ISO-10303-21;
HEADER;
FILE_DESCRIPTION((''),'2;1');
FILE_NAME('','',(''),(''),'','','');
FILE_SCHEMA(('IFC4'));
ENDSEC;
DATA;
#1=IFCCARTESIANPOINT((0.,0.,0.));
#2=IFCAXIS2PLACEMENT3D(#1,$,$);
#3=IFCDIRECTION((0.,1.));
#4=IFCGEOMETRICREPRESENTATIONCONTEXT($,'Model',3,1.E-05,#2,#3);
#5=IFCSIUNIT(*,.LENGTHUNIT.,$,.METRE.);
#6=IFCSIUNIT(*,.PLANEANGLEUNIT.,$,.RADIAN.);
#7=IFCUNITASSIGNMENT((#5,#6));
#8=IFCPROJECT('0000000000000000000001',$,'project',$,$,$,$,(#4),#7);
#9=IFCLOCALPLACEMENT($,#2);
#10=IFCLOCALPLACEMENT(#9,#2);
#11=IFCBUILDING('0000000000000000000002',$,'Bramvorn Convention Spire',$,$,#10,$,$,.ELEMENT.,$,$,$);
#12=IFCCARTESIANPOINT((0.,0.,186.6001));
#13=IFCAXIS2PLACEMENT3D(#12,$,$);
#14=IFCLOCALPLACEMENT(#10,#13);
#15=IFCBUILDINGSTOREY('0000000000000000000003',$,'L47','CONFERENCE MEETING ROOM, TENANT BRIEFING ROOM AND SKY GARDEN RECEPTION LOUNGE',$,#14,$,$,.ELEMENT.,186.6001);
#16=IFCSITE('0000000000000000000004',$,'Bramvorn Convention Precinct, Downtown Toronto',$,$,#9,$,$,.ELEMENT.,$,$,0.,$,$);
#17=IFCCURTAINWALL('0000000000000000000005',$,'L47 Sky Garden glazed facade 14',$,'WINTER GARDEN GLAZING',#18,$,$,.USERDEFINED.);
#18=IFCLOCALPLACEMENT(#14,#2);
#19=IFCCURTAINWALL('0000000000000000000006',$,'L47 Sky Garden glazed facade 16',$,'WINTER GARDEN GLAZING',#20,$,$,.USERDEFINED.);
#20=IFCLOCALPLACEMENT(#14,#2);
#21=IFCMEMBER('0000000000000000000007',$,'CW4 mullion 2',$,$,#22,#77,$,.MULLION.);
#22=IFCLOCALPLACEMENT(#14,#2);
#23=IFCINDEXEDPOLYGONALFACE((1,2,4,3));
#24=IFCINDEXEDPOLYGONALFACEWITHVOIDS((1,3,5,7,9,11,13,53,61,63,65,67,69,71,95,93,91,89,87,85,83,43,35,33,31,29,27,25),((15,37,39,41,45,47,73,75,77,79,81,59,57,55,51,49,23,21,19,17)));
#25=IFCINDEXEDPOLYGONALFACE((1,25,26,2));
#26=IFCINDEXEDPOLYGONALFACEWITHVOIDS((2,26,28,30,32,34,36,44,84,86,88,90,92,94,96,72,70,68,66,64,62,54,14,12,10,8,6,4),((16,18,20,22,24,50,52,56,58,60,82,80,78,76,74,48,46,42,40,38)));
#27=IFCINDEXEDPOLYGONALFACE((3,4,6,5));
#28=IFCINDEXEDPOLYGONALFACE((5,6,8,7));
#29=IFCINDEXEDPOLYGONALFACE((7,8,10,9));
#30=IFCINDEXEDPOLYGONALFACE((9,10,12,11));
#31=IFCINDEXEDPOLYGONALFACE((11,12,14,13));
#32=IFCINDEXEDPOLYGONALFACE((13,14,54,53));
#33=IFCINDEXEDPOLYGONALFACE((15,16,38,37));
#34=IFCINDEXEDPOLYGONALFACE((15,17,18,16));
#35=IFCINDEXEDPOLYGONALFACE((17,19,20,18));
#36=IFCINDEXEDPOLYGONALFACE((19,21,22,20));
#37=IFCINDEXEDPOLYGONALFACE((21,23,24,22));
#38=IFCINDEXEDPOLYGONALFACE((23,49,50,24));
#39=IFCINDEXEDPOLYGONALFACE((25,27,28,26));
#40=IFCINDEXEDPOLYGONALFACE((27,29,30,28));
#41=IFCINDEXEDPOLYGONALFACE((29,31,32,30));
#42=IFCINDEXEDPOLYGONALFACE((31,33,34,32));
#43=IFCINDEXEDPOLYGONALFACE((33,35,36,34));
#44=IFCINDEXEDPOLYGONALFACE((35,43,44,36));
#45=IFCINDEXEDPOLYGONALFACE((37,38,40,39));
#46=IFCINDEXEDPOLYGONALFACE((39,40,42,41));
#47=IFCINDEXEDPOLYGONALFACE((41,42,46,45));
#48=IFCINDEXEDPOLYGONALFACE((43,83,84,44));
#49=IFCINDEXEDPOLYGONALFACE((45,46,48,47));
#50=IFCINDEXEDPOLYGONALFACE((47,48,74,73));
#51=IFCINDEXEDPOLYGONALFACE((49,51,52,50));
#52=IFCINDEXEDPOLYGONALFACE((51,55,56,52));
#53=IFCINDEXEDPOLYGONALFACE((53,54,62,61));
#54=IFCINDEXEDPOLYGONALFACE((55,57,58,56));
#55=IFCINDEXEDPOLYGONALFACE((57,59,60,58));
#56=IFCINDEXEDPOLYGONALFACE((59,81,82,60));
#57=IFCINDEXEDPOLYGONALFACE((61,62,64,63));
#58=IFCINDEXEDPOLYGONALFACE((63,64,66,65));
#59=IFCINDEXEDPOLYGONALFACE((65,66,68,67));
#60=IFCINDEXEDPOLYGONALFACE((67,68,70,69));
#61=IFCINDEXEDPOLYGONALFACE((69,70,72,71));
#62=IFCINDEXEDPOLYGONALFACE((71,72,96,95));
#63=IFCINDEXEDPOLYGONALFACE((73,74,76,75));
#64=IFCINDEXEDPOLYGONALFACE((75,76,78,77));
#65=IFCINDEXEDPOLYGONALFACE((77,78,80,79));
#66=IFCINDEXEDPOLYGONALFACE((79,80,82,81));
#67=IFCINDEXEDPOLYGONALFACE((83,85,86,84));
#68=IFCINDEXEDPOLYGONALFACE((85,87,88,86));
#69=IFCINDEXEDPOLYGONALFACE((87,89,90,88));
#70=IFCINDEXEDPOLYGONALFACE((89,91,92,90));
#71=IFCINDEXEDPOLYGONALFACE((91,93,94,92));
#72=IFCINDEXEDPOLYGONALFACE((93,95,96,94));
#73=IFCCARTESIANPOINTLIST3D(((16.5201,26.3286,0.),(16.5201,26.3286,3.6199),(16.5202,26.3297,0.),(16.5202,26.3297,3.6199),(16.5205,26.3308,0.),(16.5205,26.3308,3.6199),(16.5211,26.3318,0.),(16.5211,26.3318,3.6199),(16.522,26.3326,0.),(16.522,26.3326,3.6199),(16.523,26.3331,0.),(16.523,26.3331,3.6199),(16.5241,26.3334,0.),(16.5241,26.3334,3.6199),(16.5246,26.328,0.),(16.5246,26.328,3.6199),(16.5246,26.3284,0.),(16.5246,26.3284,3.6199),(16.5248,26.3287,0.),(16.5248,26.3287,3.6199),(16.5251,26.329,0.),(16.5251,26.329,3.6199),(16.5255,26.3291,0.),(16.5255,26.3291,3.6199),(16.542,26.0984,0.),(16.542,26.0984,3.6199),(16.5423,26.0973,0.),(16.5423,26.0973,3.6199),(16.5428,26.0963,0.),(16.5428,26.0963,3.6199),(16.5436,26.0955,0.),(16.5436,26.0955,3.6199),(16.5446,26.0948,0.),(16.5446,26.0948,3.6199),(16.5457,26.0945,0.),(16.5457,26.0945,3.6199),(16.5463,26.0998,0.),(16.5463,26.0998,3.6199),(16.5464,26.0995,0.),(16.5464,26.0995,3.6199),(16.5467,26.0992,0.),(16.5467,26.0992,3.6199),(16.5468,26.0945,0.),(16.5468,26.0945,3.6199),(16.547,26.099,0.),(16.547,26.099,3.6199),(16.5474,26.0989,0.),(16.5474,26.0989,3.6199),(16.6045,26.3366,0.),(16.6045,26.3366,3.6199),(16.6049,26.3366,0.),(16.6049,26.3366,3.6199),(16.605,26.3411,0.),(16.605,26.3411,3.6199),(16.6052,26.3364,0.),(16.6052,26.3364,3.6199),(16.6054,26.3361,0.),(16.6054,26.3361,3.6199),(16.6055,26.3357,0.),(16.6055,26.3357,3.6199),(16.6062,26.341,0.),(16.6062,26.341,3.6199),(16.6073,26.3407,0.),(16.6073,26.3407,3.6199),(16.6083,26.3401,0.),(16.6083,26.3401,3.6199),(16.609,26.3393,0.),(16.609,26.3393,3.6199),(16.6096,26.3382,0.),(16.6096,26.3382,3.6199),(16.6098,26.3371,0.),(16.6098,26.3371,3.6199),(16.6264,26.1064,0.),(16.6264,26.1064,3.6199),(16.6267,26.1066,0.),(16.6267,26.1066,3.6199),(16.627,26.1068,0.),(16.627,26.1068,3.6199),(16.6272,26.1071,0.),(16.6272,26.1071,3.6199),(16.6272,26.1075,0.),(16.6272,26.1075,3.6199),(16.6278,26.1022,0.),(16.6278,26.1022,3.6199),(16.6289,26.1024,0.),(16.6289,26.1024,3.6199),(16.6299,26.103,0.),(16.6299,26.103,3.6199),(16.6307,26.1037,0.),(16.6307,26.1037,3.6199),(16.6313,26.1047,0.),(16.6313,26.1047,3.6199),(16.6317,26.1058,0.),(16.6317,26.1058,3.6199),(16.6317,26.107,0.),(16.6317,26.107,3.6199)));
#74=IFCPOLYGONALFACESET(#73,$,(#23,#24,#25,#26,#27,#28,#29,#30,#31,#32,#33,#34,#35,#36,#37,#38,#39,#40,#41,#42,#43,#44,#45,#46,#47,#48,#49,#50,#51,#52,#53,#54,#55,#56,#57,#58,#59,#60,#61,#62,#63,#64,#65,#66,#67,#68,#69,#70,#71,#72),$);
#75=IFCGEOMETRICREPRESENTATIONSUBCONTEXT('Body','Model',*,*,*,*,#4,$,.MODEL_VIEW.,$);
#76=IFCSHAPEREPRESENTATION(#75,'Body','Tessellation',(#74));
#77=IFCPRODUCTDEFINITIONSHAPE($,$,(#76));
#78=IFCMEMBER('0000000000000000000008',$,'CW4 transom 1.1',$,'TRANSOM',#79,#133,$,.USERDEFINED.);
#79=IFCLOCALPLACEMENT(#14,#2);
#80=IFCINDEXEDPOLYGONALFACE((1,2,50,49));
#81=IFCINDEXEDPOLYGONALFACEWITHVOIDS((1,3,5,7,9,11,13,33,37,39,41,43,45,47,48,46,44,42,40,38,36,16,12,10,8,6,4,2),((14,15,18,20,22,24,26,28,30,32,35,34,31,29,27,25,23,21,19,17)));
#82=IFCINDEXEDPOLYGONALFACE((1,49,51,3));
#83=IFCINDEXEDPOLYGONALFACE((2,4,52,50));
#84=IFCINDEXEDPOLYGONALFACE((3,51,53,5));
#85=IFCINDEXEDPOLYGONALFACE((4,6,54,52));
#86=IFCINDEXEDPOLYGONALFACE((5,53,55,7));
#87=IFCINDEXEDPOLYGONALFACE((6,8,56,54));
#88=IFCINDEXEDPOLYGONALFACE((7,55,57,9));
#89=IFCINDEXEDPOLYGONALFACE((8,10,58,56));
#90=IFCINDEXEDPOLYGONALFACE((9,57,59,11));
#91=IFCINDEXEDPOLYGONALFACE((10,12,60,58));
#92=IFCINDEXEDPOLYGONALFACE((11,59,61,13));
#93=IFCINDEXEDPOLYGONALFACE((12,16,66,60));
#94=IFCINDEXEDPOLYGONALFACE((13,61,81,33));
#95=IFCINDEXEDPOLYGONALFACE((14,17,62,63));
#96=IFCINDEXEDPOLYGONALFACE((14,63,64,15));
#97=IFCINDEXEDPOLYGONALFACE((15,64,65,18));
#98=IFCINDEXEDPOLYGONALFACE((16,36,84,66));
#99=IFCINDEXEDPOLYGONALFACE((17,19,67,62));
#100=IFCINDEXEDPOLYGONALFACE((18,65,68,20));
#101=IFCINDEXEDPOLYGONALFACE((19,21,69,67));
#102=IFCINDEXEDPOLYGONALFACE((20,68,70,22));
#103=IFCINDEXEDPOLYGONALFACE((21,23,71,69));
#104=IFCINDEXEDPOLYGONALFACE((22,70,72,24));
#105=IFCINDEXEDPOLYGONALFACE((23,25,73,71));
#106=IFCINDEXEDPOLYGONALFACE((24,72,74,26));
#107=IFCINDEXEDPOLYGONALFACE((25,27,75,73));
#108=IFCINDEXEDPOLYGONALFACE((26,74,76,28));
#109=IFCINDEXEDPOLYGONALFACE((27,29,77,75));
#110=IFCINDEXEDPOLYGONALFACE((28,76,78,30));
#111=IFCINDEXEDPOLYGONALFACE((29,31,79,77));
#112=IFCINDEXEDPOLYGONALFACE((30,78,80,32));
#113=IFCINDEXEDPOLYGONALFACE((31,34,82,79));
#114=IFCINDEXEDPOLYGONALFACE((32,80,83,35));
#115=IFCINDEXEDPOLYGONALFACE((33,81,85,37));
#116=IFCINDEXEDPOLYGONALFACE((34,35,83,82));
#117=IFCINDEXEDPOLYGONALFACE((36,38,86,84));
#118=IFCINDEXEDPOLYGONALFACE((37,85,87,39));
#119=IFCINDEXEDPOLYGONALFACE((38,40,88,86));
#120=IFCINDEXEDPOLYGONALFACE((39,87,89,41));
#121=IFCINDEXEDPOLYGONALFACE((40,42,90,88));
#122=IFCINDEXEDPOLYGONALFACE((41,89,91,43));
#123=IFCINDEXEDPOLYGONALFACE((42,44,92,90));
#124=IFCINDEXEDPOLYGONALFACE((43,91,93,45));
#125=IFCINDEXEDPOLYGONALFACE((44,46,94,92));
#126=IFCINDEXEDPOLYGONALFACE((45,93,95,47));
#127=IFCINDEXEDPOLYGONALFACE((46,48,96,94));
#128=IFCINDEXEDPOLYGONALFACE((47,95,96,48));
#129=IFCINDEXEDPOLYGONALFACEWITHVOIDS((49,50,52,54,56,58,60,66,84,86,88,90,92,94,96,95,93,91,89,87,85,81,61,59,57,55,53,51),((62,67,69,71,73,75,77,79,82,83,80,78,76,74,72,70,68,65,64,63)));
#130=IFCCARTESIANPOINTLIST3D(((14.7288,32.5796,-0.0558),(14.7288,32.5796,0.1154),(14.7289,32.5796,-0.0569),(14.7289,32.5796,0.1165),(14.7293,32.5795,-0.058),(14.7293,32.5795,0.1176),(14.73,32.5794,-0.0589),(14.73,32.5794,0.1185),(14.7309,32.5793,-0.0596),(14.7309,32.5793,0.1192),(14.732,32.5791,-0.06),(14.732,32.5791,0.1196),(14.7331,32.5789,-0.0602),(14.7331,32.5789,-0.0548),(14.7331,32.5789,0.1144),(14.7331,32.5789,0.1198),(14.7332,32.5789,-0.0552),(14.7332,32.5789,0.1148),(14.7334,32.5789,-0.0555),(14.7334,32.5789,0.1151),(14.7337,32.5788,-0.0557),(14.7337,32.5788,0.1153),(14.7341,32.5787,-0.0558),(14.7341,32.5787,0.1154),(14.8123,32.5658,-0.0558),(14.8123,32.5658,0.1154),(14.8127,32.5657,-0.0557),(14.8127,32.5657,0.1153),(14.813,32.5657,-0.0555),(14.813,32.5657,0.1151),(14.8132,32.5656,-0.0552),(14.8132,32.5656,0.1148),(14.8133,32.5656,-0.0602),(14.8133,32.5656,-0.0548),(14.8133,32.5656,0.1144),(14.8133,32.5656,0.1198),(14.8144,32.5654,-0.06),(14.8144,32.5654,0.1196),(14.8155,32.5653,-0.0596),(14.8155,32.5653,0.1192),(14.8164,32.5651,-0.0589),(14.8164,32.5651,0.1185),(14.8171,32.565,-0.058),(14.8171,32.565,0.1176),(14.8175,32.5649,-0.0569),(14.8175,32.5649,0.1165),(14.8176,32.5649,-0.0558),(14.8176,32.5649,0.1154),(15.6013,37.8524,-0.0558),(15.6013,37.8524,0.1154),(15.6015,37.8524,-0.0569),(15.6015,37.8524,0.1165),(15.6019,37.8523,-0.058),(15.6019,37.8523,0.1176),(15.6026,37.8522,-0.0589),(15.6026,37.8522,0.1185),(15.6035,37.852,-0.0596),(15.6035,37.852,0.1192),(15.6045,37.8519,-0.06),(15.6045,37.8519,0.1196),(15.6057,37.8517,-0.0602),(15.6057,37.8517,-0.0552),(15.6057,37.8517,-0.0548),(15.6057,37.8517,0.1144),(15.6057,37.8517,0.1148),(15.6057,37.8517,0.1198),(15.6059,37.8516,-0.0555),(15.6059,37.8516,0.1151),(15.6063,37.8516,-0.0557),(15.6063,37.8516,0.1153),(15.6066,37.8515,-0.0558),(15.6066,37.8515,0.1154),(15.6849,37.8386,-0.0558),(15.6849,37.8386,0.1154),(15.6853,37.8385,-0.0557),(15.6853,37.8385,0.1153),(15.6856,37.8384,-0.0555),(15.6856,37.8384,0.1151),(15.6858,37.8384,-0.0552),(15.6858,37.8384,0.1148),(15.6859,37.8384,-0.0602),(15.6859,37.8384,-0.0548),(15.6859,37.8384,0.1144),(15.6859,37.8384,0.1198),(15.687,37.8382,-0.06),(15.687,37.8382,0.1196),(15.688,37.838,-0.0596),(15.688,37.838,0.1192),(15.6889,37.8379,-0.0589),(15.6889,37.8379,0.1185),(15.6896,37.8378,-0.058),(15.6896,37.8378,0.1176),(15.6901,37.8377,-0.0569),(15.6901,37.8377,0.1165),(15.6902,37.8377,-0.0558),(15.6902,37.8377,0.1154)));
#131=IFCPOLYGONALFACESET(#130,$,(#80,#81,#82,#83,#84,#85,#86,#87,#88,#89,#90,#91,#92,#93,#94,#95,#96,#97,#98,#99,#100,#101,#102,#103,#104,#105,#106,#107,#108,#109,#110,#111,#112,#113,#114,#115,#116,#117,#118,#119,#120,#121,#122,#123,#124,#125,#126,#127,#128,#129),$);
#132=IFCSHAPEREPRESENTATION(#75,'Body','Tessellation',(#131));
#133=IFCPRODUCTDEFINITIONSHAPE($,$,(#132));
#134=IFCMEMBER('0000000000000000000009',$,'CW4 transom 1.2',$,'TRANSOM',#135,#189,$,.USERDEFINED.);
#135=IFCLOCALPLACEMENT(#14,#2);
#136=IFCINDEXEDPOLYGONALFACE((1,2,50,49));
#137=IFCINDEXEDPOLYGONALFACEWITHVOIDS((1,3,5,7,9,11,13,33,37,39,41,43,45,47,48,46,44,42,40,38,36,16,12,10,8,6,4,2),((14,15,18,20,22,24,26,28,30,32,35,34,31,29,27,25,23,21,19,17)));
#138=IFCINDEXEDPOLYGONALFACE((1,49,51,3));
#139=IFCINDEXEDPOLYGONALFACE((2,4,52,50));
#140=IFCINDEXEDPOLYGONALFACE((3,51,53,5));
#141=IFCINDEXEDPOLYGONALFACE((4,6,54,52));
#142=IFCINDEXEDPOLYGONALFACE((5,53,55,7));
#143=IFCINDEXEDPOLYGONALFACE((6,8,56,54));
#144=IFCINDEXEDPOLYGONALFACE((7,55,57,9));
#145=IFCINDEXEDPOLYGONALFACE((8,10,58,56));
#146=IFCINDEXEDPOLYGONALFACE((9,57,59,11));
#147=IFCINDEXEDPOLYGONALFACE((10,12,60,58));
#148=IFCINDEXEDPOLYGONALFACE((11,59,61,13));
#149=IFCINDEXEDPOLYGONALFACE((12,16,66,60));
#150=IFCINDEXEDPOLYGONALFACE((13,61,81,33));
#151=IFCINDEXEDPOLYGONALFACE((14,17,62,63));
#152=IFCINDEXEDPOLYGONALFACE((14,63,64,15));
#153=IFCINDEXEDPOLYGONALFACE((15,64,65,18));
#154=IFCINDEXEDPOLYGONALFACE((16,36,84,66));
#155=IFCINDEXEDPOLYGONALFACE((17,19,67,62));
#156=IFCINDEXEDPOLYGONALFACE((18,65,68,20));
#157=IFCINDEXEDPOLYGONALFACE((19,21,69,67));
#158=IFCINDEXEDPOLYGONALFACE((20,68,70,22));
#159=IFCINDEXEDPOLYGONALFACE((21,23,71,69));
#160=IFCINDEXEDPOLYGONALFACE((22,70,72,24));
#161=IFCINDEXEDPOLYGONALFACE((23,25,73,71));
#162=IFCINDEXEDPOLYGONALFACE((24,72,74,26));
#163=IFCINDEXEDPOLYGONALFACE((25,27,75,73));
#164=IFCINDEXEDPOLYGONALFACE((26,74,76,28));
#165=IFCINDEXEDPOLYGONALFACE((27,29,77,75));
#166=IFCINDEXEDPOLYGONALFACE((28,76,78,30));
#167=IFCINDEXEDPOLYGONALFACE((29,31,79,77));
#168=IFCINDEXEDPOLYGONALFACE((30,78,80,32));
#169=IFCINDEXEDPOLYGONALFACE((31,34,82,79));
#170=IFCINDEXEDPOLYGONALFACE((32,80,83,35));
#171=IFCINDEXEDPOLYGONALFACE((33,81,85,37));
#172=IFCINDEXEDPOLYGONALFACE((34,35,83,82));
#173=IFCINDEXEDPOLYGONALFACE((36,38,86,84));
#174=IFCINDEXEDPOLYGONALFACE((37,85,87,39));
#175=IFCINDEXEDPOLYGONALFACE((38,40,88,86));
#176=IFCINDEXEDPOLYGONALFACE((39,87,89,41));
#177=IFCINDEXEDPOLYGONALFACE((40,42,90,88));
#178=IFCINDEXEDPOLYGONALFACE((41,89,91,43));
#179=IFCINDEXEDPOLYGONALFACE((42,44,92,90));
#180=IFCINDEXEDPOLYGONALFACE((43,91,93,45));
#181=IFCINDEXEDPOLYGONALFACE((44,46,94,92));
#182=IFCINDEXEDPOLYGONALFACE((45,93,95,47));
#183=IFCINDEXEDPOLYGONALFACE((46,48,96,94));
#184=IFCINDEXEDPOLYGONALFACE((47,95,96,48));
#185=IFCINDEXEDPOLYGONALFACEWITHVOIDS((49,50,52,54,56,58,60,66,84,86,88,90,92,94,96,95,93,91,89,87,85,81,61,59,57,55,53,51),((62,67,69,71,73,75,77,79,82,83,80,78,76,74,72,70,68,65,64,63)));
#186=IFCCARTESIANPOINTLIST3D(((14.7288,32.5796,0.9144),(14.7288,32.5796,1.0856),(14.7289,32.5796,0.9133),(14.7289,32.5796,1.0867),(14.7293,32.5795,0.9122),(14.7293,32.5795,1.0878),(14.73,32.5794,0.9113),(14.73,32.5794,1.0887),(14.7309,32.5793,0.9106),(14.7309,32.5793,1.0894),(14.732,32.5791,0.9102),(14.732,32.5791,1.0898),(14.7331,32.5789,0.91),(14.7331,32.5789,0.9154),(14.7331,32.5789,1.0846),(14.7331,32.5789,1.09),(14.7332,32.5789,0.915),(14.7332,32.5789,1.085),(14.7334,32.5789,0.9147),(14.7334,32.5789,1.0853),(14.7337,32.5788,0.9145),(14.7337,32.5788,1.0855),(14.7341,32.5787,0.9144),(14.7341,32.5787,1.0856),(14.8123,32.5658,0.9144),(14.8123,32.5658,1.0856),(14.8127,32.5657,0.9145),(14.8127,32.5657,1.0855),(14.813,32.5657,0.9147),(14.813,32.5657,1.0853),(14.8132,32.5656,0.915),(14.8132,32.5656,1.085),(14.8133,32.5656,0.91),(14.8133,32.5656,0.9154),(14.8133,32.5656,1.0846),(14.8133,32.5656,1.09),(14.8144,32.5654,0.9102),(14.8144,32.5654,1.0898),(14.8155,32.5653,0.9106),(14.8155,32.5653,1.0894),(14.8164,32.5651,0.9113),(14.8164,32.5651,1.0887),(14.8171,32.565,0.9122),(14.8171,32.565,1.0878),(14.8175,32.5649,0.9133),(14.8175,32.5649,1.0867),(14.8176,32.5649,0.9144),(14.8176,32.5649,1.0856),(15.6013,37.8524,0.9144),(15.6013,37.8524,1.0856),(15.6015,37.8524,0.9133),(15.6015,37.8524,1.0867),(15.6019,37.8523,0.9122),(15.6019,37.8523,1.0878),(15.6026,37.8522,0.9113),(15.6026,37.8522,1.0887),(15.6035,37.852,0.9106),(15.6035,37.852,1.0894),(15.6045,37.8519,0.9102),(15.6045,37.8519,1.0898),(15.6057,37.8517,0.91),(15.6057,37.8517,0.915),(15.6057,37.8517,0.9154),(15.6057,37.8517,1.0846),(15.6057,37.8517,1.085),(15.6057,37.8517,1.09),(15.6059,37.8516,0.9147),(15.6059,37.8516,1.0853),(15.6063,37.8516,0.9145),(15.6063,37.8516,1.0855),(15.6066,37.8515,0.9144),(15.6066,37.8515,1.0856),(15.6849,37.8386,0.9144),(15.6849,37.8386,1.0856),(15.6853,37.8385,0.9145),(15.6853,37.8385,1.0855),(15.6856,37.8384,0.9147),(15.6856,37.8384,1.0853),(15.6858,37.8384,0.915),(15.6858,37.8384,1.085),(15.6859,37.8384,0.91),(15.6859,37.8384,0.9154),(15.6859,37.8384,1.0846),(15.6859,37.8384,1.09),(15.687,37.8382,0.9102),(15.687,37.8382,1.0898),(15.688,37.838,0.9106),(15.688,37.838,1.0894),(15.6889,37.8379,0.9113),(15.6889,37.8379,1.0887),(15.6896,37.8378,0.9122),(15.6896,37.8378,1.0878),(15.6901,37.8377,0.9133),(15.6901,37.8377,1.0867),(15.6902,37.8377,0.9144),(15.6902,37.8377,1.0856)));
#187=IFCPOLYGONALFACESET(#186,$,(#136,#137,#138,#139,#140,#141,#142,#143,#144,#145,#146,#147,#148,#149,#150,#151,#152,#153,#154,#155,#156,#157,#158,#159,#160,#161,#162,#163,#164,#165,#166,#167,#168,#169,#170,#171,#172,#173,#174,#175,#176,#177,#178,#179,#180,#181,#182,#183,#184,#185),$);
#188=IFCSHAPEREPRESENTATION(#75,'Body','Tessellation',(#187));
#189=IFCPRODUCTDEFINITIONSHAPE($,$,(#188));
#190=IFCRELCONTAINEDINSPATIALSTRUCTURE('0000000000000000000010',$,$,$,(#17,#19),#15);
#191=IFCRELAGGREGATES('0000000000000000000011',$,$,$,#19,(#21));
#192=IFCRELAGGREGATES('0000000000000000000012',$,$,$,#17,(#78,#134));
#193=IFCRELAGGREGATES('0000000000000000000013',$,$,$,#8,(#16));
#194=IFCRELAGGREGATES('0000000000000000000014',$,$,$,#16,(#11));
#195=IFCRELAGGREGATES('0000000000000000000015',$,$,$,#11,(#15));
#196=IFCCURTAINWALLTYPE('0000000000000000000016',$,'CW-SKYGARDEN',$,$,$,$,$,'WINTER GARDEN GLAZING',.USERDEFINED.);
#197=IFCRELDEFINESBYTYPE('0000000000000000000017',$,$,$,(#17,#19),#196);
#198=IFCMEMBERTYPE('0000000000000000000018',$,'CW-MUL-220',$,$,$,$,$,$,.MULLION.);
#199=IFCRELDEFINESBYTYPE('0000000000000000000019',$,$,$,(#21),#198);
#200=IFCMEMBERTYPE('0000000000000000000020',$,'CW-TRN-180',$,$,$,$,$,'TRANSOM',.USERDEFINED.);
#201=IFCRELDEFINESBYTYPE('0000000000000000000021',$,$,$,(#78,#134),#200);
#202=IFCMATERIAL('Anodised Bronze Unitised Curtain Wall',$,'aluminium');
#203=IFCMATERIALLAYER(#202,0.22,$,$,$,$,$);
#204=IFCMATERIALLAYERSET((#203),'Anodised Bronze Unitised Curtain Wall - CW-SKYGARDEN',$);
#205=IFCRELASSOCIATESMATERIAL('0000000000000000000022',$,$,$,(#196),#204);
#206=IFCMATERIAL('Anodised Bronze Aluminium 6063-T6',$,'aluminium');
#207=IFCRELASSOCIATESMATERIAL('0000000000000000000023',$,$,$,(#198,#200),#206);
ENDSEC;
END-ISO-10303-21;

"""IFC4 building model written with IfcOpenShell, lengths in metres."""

from ifc_helpers import new_model, si_unit, direction, frame, origin, origin_2d, place, context, subcontext, project, spatial, hollow_rectangle, extrude, material, layer, layer_set, material_profile, profile_set, type_object, element, aggregate, save


model = new_model("IFC4")

# Units and contexts
model_context = context("Model", 3, precision=1e-05, world=origin(), true_north=direction((0.0, 1.0)))
body_context = subcontext(model_context, "Body", "Model", "MODEL_VIEW")
ifc_project = project(units=[si_unit("LENGTHUNIT", "METRE"), si_unit("PLANEANGLEUNIT", "RADIAN")], contexts=[model_context])

# Site, building, storey
site_placement = place(None, origin())
site = spatial("IfcSite", under=ifc_project, at=site_placement, Name="Bramvorn Convention Precinct, Downtown Toronto", CompositionType="ELEMENT", RefElevation=0.0)
building_placement = place(site_placement, origin())
building = spatial("IfcBuilding", under=site, at=building_placement, Name="Bramvorn Convention Spire", CompositionType="ELEMENT")
storey_placement = place(building_placement, frame((0.0, 0.0, 186.6001)))
storey = spatial("IfcBuildingStorey", under=building, at=storey_placement, Name="L47", Description="CONFERENCE MEETING ROOM, TENANT BRIEFING ROOM AND SKY GARDEN RECEPTION LOUNGE", CompositionType="ELEMENT", Elevation=186.6001)

# Curtain wall
ifc_material_1 = material(Name="Anodised Bronze Unitised Curtain Wall", Category="aluminium")
ifc_layer_1 = layer(ifc_material_1, 0.22)
ifc_layer_set_1 = layer_set([ifc_layer_1], Name="Anodised Bronze Unitised Curtain Wall - CW-SKYGARDEN")
curtain_wall_type = type_object("IfcCurtainWallType", Name="CW-SKYGARDEN", ElementType="WINTER GARDEN GLAZING", PredefinedType="USERDEFINED", material=ifc_layer_set_1)
curtain_wall_1_placement = place(storey_placement, origin())
curtain_wall_1 = element("IfcCurtainWall", 1, at=curtain_wall_1_placement, inside=storey, type_object=curtain_wall_type, Name="L47 Sky Garden glazed facade 14", ObjectType="WINTER GARDEN GLAZING", PredefinedType="USERDEFINED")
ifc_material_2 = material(Name="Anodised Bronze Aluminium 6063-T6", Category="aluminium")
ifc_material_profile_1 = material_profile(ifc_material_2, hollow_rectangle(XDim=0.0901, YDim=0.24, WallThickness=0.0044, InnerFilletRadius=0.001, OuterFilletRadius=0.0044, at=origin_2d()))
ifc_profile_set_1 = profile_set([ifc_material_profile_1], Name="Anodised Bronze Aluminium 6063-T6 - CWM90X240")
member_type_1 = type_object("IfcMemberType", Name="CW-MUL-220", PredefinedType="MULLION", material=ifc_profile_set_1)

# Curtain wall, member
curtain_wall_2_placement = place(storey_placement, origin())
curtain_wall_2 = element("IfcCurtainWall", 2, at=curtain_wall_2_placement, inside=storey, type_object=curtain_wall_type, Name="L47 Sky Garden glazed facade 16", ObjectType="WINTER GARDEN GLAZING", PredefinedType="USERDEFINED")
member_1_placement = place(storey_placement, frame((16.5759, 26.2178, 0.0), z_axis=(0.0, 0.0, 1.0), x_axis=(-0.995509, -0.094665, 0.0)))
member_1 = element("IfcMember", 3, at=member_1_placement, type_object=member_type_1, Name="CW4 mullion 2", PredefinedType="MULLION", context=body_context, shape_type="SweptSolid", body=[
    extrude(hollow_rectangle(XDim=0.0901, YDim=0.24, WallThickness=0.0044, InnerFilletRadius=0.001, OuterFilletRadius=0.0044, at=origin_2d()), origin(), (0.0, 0.0, 1.0), 3.6199),
])
aggregate(curtain_wall_2, [member_1])

# Members
ifc_material_profile_2 = material_profile(ifc_material_2, hollow_rectangle(XDim=0.0901, YDim=0.1799, WallThickness=0.0044, InnerFilletRadius=0.001, OuterFilletRadius=0.0044, at=origin_2d()))
ifc_profile_set_2 = profile_set([ifc_material_profile_2], Name="Anodised Bronze Aluminium 6063-T6 - CWT90X180")
member_type_2 = type_object("IfcMemberType", Name="CW-TRN-180", ElementType="TRANSOM", PredefinedType="USERDEFINED", material=ifc_profile_set_2)
member_2_placement = place(storey_placement, frame((14.7732, 32.5723, 0.0298), z_axis=(0.163265, 0.986582, 0.0), x_axis=(-0.986582, 0.163265, 0.0)))
member_2 = element("IfcMember", 4, at=member_2_placement, type_object=member_type_2, Name="CW4 transom 1.1", ObjectType="TRANSOM", PredefinedType="USERDEFINED", context=body_context, shape_type="SweptSolid", body=[
    extrude(hollow_rectangle(XDim=0.0901, YDim=0.1799, WallThickness=0.0044, InnerFilletRadius=0.001, OuterFilletRadius=0.0044, at=origin_2d()), origin(), (0.0, 0.0, 1.0), 5.3445),
])
member_3_placement = place(storey_placement, frame((14.7732, 32.5723, 1.0), z_axis=(0.163265, 0.986582, 0.0), x_axis=(-0.986582, 0.163265, 0.0)))
member_3 = element("IfcMember", 5, at=member_3_placement, type_object=member_type_2, Name="CW4 transom 1.2", ObjectType="TRANSOM", PredefinedType="USERDEFINED", context=body_context, shape_type="SweptSolid", body=[
    extrude(hollow_rectangle(XDim=0.0901, YDim=0.1799, WallThickness=0.0044, InnerFilletRadius=0.001, OuterFilletRadius=0.0044, at=origin_2d()), origin(), (0.0, 0.0, 1.0), 5.3445),
])
aggregate(curtain_wall_1, [member_2, member_3])

save(model, "model.ifc")
